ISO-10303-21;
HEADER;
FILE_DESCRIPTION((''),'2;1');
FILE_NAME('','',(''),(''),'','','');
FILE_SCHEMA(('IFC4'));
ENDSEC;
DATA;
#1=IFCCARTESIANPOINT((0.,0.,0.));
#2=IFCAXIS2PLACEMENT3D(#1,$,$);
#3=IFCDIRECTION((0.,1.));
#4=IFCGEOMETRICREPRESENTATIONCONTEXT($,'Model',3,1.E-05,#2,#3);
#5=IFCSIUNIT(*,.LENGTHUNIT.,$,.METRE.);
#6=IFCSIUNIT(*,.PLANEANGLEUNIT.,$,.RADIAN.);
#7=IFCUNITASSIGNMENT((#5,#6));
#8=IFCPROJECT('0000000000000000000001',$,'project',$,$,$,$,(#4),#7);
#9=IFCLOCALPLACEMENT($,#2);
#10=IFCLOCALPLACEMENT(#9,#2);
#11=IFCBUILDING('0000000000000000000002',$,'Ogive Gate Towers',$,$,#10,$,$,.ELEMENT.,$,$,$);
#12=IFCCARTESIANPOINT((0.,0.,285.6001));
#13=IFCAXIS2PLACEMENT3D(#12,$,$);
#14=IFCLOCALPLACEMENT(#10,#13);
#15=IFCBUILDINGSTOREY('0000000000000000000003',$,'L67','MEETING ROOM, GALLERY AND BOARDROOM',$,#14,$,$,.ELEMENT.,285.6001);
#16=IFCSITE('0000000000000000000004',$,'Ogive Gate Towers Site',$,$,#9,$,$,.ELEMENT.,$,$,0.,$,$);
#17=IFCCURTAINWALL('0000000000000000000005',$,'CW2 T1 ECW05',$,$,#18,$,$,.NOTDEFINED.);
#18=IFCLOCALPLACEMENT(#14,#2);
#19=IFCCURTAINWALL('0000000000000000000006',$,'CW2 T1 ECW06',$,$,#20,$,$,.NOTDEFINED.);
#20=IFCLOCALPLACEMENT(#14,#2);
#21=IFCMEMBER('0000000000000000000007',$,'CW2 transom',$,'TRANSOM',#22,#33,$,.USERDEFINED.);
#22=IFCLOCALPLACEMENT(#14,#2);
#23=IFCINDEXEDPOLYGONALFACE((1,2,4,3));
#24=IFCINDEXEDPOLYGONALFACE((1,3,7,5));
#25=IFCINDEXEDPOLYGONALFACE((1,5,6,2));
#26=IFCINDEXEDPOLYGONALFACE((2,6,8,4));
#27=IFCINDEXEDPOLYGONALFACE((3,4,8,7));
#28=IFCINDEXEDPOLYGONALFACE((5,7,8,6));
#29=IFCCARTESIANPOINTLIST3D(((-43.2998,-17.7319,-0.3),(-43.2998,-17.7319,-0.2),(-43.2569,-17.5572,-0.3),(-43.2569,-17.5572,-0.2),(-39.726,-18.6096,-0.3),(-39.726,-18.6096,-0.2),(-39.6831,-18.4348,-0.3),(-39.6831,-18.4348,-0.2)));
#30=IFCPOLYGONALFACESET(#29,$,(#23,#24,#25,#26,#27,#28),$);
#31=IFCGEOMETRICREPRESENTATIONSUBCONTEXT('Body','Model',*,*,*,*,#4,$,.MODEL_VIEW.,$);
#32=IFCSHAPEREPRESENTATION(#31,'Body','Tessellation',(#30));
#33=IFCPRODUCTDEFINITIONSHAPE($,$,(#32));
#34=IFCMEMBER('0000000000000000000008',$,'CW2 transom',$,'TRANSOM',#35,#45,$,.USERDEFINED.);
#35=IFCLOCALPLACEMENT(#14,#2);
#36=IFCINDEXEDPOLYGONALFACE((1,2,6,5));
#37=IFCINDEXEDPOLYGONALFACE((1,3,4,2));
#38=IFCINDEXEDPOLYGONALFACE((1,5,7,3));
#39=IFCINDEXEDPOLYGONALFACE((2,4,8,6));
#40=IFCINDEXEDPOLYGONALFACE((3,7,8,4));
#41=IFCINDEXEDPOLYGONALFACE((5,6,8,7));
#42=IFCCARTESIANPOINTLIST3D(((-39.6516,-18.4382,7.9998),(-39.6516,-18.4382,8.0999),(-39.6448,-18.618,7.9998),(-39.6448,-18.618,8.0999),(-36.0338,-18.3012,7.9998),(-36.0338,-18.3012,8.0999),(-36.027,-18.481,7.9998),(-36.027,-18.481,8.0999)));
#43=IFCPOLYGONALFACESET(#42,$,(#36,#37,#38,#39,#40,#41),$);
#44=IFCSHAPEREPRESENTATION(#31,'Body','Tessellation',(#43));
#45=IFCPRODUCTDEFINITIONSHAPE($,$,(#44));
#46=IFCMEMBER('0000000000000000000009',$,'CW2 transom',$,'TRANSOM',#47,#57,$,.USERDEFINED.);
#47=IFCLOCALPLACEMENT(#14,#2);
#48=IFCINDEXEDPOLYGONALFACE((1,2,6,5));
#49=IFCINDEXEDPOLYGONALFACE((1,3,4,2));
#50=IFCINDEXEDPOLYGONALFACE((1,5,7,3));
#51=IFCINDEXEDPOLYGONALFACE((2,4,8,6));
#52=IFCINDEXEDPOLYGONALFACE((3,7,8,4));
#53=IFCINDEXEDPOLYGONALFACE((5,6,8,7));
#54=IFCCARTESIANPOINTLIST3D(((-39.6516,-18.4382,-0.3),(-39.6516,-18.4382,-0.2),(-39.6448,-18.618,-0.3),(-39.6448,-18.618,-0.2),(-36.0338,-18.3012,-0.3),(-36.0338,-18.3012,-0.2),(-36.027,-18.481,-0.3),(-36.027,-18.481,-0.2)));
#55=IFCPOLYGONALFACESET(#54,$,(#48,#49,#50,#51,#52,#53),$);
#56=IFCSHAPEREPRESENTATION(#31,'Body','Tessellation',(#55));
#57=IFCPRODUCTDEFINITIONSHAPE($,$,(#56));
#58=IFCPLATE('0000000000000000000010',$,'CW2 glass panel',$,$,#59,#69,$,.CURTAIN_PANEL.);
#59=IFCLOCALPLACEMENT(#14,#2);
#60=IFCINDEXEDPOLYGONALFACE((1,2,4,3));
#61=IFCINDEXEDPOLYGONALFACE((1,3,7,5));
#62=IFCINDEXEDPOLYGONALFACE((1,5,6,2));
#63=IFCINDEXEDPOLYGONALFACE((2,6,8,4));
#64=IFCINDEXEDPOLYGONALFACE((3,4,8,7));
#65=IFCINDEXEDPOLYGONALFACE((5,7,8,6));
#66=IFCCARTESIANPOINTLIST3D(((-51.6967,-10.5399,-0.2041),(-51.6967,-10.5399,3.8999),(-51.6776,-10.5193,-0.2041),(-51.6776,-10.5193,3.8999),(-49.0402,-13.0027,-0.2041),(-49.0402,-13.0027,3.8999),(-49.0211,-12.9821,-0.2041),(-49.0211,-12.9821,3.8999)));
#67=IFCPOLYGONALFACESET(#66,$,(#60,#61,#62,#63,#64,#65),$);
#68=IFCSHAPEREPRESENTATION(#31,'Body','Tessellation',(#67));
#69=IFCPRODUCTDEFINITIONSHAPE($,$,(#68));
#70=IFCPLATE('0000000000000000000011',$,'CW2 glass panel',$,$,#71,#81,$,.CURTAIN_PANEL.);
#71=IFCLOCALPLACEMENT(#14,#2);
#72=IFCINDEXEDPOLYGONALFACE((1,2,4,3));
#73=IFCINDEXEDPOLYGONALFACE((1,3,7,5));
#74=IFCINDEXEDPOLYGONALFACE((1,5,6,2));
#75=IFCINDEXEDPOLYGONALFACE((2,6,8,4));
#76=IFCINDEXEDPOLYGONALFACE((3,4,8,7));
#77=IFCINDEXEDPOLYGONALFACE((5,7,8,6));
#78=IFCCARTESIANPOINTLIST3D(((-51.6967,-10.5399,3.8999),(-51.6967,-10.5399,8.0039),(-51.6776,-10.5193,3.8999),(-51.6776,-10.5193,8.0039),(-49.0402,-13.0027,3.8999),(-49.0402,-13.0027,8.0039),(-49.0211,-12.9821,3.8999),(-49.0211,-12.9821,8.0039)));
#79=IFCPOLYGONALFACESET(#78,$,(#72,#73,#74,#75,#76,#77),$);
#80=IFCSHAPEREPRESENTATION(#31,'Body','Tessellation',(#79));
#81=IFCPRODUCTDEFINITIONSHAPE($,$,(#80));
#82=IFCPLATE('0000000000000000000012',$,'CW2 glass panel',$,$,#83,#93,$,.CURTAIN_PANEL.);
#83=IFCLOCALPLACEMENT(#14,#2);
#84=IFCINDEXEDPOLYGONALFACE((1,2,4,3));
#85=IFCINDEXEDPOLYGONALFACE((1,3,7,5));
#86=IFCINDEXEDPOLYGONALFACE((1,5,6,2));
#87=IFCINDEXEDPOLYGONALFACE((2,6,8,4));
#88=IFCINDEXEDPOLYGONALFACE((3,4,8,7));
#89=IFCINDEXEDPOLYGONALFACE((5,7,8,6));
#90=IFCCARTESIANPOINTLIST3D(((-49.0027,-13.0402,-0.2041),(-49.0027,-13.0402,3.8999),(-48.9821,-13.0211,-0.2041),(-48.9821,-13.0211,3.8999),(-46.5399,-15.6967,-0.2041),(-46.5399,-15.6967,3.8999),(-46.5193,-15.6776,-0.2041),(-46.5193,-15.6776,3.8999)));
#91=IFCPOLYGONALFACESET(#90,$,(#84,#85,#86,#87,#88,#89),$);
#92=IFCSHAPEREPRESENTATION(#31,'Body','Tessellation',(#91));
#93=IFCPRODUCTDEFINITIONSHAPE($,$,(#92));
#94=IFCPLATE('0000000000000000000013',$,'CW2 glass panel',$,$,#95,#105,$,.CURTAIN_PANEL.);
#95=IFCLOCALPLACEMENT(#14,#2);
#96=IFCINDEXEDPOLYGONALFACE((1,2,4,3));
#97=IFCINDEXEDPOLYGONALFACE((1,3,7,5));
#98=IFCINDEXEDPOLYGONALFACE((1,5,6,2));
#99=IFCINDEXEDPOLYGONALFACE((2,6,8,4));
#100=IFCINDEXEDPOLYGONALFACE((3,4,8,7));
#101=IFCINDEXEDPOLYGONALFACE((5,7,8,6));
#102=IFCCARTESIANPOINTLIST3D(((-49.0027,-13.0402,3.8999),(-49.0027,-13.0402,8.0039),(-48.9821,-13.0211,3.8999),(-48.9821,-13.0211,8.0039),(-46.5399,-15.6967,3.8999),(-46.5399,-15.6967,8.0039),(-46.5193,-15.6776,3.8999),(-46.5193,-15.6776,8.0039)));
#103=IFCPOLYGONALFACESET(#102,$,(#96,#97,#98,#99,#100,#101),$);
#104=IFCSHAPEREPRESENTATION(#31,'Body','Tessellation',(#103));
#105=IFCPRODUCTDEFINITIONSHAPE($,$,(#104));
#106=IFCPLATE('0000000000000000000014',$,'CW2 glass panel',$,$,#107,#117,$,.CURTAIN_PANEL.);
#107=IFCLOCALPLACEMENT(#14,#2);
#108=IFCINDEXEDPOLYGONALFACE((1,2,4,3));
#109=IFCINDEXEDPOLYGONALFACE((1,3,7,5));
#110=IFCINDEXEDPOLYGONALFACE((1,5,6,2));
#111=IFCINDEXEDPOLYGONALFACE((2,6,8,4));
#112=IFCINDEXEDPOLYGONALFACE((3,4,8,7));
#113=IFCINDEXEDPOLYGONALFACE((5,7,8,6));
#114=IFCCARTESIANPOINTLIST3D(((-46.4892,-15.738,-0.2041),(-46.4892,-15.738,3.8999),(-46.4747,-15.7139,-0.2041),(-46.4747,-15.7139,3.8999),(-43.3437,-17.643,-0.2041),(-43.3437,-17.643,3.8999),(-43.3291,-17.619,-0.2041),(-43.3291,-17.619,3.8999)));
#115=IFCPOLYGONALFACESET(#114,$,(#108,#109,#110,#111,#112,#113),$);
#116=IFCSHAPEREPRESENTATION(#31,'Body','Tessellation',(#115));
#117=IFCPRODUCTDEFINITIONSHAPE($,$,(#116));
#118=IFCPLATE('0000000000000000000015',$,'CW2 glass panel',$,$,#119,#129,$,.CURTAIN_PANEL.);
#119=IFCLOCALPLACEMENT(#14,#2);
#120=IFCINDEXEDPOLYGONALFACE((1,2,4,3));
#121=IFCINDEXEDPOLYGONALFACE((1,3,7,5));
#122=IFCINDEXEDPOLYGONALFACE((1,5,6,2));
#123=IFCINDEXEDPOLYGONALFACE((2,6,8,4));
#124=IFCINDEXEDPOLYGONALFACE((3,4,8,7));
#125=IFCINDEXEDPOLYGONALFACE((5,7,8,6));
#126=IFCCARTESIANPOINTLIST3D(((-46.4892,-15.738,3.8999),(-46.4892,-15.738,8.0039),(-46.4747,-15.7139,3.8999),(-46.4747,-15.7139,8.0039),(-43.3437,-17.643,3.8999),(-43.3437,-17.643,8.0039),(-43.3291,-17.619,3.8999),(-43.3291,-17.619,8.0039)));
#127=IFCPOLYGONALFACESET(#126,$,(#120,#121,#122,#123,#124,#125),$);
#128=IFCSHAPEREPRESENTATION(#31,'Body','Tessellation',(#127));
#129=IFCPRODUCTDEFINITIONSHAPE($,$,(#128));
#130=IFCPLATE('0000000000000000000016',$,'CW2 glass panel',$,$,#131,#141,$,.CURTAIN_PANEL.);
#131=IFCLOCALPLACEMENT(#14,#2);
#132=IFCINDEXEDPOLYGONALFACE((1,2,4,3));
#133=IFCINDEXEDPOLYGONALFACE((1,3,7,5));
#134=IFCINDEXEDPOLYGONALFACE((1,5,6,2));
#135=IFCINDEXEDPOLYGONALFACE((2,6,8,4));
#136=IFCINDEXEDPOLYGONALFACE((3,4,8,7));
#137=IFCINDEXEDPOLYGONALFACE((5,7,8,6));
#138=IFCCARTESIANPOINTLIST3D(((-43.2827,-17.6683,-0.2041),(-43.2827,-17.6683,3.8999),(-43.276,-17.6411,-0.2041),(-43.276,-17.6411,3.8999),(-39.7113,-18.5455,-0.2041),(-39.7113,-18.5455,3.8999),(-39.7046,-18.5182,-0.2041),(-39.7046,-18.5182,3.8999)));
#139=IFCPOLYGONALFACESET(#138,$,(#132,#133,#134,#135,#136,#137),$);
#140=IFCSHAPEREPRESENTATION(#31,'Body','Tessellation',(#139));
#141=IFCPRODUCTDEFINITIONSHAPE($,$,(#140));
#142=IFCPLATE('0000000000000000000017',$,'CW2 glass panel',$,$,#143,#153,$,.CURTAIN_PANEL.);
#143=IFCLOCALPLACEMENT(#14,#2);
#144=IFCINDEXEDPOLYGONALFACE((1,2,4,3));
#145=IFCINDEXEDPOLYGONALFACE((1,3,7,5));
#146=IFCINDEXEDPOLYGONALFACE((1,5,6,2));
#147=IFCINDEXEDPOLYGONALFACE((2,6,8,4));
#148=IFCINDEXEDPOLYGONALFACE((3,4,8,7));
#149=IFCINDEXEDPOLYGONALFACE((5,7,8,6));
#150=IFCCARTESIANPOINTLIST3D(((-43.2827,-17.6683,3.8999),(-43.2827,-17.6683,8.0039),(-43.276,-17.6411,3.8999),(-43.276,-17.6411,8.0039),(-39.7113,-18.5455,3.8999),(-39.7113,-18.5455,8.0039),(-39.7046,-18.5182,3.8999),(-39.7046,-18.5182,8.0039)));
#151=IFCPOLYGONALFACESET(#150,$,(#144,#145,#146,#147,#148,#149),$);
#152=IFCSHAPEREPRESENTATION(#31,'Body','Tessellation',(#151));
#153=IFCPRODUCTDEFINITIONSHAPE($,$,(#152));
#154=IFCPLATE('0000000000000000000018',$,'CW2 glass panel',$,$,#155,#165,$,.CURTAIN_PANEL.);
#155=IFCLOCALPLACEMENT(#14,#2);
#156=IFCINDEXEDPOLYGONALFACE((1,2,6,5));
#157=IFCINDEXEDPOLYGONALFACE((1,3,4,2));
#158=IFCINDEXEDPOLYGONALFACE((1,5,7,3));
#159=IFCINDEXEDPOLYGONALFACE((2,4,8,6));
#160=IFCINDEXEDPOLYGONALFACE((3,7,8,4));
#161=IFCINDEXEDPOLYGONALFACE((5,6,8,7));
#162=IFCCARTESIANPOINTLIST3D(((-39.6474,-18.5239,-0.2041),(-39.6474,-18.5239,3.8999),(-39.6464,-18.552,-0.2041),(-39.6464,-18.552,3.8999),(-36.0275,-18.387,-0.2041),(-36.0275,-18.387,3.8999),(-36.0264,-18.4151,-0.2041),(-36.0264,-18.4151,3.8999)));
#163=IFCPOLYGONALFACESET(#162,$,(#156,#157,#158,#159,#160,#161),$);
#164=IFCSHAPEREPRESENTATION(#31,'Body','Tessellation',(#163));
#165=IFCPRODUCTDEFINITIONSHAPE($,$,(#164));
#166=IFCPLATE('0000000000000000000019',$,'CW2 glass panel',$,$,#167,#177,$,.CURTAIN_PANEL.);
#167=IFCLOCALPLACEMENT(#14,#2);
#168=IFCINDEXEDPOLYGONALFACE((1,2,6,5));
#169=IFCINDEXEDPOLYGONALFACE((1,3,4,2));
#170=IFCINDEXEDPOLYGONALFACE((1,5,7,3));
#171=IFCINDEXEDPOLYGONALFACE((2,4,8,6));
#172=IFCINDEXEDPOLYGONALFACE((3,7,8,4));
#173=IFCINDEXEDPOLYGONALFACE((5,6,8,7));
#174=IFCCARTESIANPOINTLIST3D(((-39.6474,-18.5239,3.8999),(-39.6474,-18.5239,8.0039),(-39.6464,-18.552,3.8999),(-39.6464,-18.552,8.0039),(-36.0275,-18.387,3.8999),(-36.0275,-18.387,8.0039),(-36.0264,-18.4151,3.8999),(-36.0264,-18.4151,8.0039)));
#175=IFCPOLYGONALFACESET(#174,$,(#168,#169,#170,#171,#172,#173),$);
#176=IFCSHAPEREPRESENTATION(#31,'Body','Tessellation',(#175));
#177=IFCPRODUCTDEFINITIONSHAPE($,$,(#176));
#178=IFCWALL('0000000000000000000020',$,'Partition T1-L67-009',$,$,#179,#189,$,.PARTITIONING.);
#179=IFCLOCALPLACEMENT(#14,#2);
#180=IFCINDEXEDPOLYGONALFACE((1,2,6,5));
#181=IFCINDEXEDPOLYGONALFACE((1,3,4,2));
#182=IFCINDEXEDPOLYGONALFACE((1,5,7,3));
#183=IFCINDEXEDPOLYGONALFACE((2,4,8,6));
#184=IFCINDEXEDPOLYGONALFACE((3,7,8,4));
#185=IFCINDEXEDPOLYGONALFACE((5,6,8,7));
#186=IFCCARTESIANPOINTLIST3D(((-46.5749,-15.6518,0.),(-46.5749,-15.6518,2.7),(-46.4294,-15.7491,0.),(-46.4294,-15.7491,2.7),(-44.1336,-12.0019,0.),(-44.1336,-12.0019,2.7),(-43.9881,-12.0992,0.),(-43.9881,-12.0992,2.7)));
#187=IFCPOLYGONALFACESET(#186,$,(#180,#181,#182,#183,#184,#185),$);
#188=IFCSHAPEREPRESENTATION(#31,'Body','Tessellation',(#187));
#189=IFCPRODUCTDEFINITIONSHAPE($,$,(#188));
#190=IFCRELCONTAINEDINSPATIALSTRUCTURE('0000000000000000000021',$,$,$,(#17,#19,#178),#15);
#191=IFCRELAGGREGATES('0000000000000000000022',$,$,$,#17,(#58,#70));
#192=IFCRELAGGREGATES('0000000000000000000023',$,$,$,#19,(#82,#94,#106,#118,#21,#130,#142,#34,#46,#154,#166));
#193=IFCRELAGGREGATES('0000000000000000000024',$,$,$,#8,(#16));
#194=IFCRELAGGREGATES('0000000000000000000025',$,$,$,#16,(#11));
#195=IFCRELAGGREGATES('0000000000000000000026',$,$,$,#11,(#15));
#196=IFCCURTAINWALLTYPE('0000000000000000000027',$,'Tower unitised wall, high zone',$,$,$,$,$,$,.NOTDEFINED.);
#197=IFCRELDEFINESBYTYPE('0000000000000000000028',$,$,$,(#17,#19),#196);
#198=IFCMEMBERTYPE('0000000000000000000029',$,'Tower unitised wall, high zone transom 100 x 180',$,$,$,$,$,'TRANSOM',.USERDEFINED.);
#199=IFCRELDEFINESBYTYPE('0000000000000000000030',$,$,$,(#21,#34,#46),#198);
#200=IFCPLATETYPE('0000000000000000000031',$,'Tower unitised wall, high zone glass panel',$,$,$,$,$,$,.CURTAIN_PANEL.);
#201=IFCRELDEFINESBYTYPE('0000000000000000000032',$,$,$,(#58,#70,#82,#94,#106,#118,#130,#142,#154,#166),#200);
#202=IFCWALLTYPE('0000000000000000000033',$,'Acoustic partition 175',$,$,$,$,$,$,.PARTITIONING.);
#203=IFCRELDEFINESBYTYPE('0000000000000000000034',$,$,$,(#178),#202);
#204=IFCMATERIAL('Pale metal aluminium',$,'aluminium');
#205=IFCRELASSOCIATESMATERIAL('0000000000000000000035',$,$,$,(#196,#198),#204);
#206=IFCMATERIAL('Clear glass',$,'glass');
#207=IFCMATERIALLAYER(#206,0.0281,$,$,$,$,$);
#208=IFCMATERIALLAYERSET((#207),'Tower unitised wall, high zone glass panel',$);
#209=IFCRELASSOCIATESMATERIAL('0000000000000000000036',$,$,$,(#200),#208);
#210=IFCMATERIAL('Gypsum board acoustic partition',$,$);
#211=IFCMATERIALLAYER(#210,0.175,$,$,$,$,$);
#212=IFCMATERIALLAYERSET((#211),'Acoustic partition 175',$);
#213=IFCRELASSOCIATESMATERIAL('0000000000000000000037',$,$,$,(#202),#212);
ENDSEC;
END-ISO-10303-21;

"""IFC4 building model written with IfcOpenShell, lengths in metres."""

from ifc_helpers import new_model, si_unit, direction, frame, frame_2d, origin, origin_2d, place, context, subcontext, project, spatial, rectangle, extrude, material, layer, layer_set, material_profile, profile_set, type_object, element, aggregate, save


model = new_model("IFC4")

# Units and contexts
model_context = context("Model", 3, precision=1e-05, world=origin(), true_north=direction((0.0, 1.0)))
body_context = subcontext(model_context, "Body", "Model", "MODEL_VIEW")
ifc_project = project(units=[si_unit("LENGTHUNIT", "METRE"), si_unit("PLANEANGLEUNIT", "RADIAN")], contexts=[model_context])

# Site, building, storey
site_placement = place(None, origin())
site = spatial("IfcSite", under=ifc_project, at=site_placement, Name="Ogive Gate Towers Site", CompositionType="ELEMENT", RefElevation=0.0)
building_placement = place(site_placement, origin())
building = spatial("IfcBuilding", under=site, at=building_placement, Name="Ogive Gate Towers", CompositionType="ELEMENT")
storey_placement = place(building_placement, frame((0.0, 0.0, 285.6001)))
storey = spatial("IfcBuildingStorey", under=building, at=storey_placement, Name="L67", Description="MEETING ROOM, GALLERY AND BOARDROOM", CompositionType="ELEMENT", Elevation=285.6001)

# Curtain wall
ifc_material_1 = material(Name="Pale metal aluminium", Category="aluminium")
curtain_wall_type = type_object("IfcCurtainWallType", Name="Tower unitised wall, high zone", PredefinedType="NOTDEFINED", material=ifc_material_1)
curtain_wall_1_placement = place(storey_placement, origin())
curtain_wall_1 = element("IfcCurtainWall", 1, at=curtain_wall_1_placement, inside=storey, type_object=curtain_wall_type, Name="CW2 T1 ECW05", PredefinedType="NOTDEFINED")

# Curtain wall
curtain_wall_2_placement = place(storey_placement, origin())
curtain_wall_2 = element("IfcCurtainWall", 2, at=curtain_wall_2_placement, inside=storey, type_object=curtain_wall_type, Name="CW2 T1 ECW06", PredefinedType="NOTDEFINED")

# Members
ifc_material_profile_1 = material_profile(ifc_material_1, rectangle(XDim=0.1799, YDim=0.1001, at=origin_2d()), Name="100 x 180 aluminium box")
ifc_profile_set_1 = profile_set([ifc_material_profile_1], Name="Pale metal aluminium")
member_type_1 = type_object("IfcMemberType", Name="Tower unitised wall, high zone transom 100 x 180", ElementType="TRANSOM", PredefinedType="USERDEFINED", material=ifc_profile_set_1)
member_1_placement = place(storey_placement, frame((-43.2783, -17.6445, -0.25), z_axis=(0.971141, -0.238506, 0.0), x_axis=(0.238506, 0.971141, 0.0)))
member_1 = element("IfcMember", 3, at=member_1_placement, type_object=member_type_1, Name="CW2 transom", ObjectType="TRANSOM", PredefinedType="USERDEFINED", context=body_context, shape_type="SweptSolid", body=[
    extrude(rectangle(XDim=0.1799, YDim=0.1001, at=origin_2d()), origin(), (0.0, 0.0, 1.0), 3.6799),
])
member_2_placement = place(storey_placement, frame((-39.6482, -18.5281, 8.0498), z_axis=(0.999284, 0.037832, 0.0), x_axis=(-0.037832, 0.999284, 0.0)))
member_2 = element("IfcMember", 4, at=member_2_placement, type_object=member_type_1, Name="CW2 transom", ObjectType="TRANSOM", PredefinedType="USERDEFINED", context=body_context, shape_type="SweptSolid", body=[
    extrude(rectangle(XDim=0.1799, YDim=0.1001, at=origin_2d()), origin(), (0.0, 0.0, 1.0), 3.6204),
])
member_3_placement = place(storey_placement, frame((-39.6482, -18.5281, -0.25), z_axis=(0.999284, 0.037832, 0.0), x_axis=(-0.037832, 0.999284, 0.0)))
member_3 = element("IfcMember", 5, at=member_3_placement, type_object=member_type_1, Name="CW2 transom", ObjectType="TRANSOM", PredefinedType="USERDEFINED", context=body_context, shape_type="SweptSolid", body=[
    extrude(rectangle(XDim=0.1799, YDim=0.1001, at=origin_2d()), origin(), (0.0, 0.0, 1.0), 3.6204),
])

# Plates
ifc_material_2 = material(Name="Clear glass", Category="glass")
ifc_layer_1 = layer(ifc_material_2, 0.0281)
ifc_layer_set_1 = layer_set([ifc_layer_1], Name="Tower unitised wall, high zone glass panel")
plate_type = type_object("IfcPlateType", Name="Tower unitised wall, high zone glass panel", PredefinedType="CURTAIN_PANEL", material=ifc_layer_set_1)
plate_1_placement = place(storey_placement, frame((-50.3589, -11.761, -0.2041), z_axis=(0.0, 0.0, 1.0), x_axis=(0.733338, -0.679864, 0.0)))
plate_1 = element("IfcPlate", 6, at=plate_1_placement, type_object=plate_type, Name="CW2 glass panel", PredefinedType="CURTAIN_PANEL", context=body_context, shape_type="SweptSolid", body=[
    extrude(rectangle(XDim=3.6226, YDim=0.0281, at=origin_2d()), origin(), (0.0, 0.0, 1.0), 4.104),
])
plate_2_placement = place(storey_placement, frame((-50.3589, -11.761, 3.8999), z_axis=(0.0, 0.0, 1.0), x_axis=(0.733338, -0.679864, 0.0)))
plate_2 = element("IfcPlate", 7, at=plate_2_placement, type_object=plate_type, Name="CW2 glass panel", PredefinedType="CURTAIN_PANEL", context=body_context, shape_type="SweptSolid", body=[
    extrude(rectangle(XDim=3.6226, YDim=0.0281, at=origin_2d()), origin(), (0.0, 0.0, 1.0), 4.104),
])
aggregate(curtain_wall_1, [plate_1, plate_2])
plate_3_placement = place(storey_placement, frame((-47.761, -14.3589, -0.2041), z_axis=(0.0, 0.0, 1.0), x_axis=(0.679864, -0.733338, 0.0)))
plate_3 = element("IfcPlate", 8, at=plate_3_placement, type_object=plate_type, Name="CW2 glass panel", PredefinedType="CURTAIN_PANEL", context=body_context, shape_type="SweptSolid", body=[
    extrude(rectangle(XDim=3.6226, YDim=0.0281, at=origin_2d()), origin(), (0.0, 0.0, 1.0), 4.104),
])
plate_4_placement = place(storey_placement, frame((-47.761, -14.3589, 3.8999), z_axis=(0.0, 0.0, 1.0), x_axis=(0.679864, -0.733338, 0.0)))
plate_4 = element("IfcPlate", 9, at=plate_4_placement, type_object=plate_type, Name="CW2 glass panel", PredefinedType="CURTAIN_PANEL", context=body_context, shape_type="SweptSolid", body=[
    extrude(rectangle(XDim=3.6226, YDim=0.0281, at=origin_2d()), origin(), (0.0, 0.0, 1.0), 4.104),
])
plate_5_placement = place(storey_placement, frame((-44.9092, -16.6785, -0.2041), z_axis=(0.0, 0.0, 1.0), x_axis=(0.855364, -0.518027, 0.0)))
plate_5 = element("IfcPlate", 10, at=plate_5_placement, type_object=plate_type, Name="CW2 glass panel", PredefinedType="CURTAIN_PANEL", context=body_context, shape_type="SweptSolid", body=[
    extrude(rectangle(XDim=3.6775, YDim=0.0281, at=origin_2d()), origin(), (0.0, 0.0, 1.0), 4.104),
])
plate_6_placement = place(storey_placement, frame((-44.9092, -16.6785, 3.8999), z_axis=(0.0, 0.0, 1.0), x_axis=(0.855364, -0.518027, 0.0)))
plate_6 = element("IfcPlate", 11, at=plate_6_placement, type_object=plate_type, Name="CW2 glass panel", PredefinedType="CURTAIN_PANEL", context=body_context, shape_type="SweptSolid", body=[
    extrude(rectangle(XDim=3.6775, YDim=0.0281, at=origin_2d()), origin(), (0.0, 0.0, 1.0), 4.104),
])
plate_7_placement = place(storey_placement, frame((-41.4937, -18.0933, -0.2041), z_axis=(0.0, 0.0, 1.0), x_axis=(0.971138, -0.238517, 0.0)))
plate_7 = element("IfcPlate", 12, at=plate_7_placement, type_object=plate_type, Name="CW2 glass panel", PredefinedType="CURTAIN_PANEL", context=body_context, shape_type="SweptSolid", body=[
    extrude(rectangle(XDim=3.6775, YDim=0.0281, at=origin_2d()), origin(), (0.0, 0.0, 1.0), 4.104),
])
plate_8_placement = place(storey_placement, frame((-41.4937, -18.0933, 3.8999), z_axis=(0.0, 0.0, 1.0), x_axis=(0.971138, -0.238517, 0.0)))
plate_8 = element("IfcPlate", 13, at=plate_8_placement, type_object=plate_type, Name="CW2 glass panel", PredefinedType="CURTAIN_PANEL", context=body_context, shape_type="SweptSolid", body=[
    extrude(rectangle(XDim=3.6775, YDim=0.0281, at=origin_2d()), origin(), (0.0, 0.0, 1.0), 4.104),
])
plate_9_placement = place(storey_placement, frame((-37.8369, -18.4695, -0.2041), z_axis=(0.0, 0.0, 1.0), x_axis=(0.999286, 0.037795, 0.0)))
plate_9 = element("IfcPlate", 14, at=plate_9_placement, type_object=plate_type, Name="CW2 glass panel", PredefinedType="CURTAIN_PANEL", context=body_context, shape_type="SweptSolid", body=[
    extrude(rectangle(XDim=3.6226, YDim=0.0281, at=origin_2d()), origin(), (0.0, 0.0, 1.0), 4.104),
])
plate_10_placement = place(storey_placement, frame((-37.8369, -18.4695, 3.8999), z_axis=(0.0, 0.0, 1.0), x_axis=(0.999286, 0.037795, 0.0)))
plate_10 = element("IfcPlate", 15, at=plate_10_placement, type_object=plate_type, Name="CW2 glass panel", PredefinedType="CURTAIN_PANEL", context=body_context, shape_type="SweptSolid", body=[
    extrude(rectangle(XDim=3.6226, YDim=0.0281, at=origin_2d()), origin(), (0.0, 0.0, 1.0), 4.104),
])
aggregate(curtain_wall_2, [plate_3, plate_4, plate_5, plate_6, member_1, plate_7, plate_8, member_2, member_3, plate_9, plate_10])

# Wall
ifc_material_3 = material(Name="Gypsum board acoustic partition")
ifc_layer_2 = layer(ifc_material_3, 0.175)
ifc_layer_set_2 = layer_set([ifc_layer_2], Name="Acoustic partition 175")
wall_type_1 = type_object("IfcWallType", Name="Acoustic partition 175", PredefinedType="PARTITIONING", material=ifc_layer_set_2)
wall_1_placement = place(storey_placement, frame((-46.5022, -15.7004, 0.0), z_axis=(0.0, 0.0, 1.0), x_axis=(0.555983, 0.831194, 0.0)))
element("IfcWall", 16, at=wall_1_placement, inside=storey, type_object=wall_type_1, Name="Partition T1-L67-009", PredefinedType="PARTITIONING", context=body_context, shape_type="SweptSolid", body=[
    extrude(rectangle(XDim=4.3911, YDim=0.175, at=frame_2d((2.1956, 0.0))), origin(), (0.0, 0.0, 1.0), 2.7),
])

save(model, "model.ifc")
